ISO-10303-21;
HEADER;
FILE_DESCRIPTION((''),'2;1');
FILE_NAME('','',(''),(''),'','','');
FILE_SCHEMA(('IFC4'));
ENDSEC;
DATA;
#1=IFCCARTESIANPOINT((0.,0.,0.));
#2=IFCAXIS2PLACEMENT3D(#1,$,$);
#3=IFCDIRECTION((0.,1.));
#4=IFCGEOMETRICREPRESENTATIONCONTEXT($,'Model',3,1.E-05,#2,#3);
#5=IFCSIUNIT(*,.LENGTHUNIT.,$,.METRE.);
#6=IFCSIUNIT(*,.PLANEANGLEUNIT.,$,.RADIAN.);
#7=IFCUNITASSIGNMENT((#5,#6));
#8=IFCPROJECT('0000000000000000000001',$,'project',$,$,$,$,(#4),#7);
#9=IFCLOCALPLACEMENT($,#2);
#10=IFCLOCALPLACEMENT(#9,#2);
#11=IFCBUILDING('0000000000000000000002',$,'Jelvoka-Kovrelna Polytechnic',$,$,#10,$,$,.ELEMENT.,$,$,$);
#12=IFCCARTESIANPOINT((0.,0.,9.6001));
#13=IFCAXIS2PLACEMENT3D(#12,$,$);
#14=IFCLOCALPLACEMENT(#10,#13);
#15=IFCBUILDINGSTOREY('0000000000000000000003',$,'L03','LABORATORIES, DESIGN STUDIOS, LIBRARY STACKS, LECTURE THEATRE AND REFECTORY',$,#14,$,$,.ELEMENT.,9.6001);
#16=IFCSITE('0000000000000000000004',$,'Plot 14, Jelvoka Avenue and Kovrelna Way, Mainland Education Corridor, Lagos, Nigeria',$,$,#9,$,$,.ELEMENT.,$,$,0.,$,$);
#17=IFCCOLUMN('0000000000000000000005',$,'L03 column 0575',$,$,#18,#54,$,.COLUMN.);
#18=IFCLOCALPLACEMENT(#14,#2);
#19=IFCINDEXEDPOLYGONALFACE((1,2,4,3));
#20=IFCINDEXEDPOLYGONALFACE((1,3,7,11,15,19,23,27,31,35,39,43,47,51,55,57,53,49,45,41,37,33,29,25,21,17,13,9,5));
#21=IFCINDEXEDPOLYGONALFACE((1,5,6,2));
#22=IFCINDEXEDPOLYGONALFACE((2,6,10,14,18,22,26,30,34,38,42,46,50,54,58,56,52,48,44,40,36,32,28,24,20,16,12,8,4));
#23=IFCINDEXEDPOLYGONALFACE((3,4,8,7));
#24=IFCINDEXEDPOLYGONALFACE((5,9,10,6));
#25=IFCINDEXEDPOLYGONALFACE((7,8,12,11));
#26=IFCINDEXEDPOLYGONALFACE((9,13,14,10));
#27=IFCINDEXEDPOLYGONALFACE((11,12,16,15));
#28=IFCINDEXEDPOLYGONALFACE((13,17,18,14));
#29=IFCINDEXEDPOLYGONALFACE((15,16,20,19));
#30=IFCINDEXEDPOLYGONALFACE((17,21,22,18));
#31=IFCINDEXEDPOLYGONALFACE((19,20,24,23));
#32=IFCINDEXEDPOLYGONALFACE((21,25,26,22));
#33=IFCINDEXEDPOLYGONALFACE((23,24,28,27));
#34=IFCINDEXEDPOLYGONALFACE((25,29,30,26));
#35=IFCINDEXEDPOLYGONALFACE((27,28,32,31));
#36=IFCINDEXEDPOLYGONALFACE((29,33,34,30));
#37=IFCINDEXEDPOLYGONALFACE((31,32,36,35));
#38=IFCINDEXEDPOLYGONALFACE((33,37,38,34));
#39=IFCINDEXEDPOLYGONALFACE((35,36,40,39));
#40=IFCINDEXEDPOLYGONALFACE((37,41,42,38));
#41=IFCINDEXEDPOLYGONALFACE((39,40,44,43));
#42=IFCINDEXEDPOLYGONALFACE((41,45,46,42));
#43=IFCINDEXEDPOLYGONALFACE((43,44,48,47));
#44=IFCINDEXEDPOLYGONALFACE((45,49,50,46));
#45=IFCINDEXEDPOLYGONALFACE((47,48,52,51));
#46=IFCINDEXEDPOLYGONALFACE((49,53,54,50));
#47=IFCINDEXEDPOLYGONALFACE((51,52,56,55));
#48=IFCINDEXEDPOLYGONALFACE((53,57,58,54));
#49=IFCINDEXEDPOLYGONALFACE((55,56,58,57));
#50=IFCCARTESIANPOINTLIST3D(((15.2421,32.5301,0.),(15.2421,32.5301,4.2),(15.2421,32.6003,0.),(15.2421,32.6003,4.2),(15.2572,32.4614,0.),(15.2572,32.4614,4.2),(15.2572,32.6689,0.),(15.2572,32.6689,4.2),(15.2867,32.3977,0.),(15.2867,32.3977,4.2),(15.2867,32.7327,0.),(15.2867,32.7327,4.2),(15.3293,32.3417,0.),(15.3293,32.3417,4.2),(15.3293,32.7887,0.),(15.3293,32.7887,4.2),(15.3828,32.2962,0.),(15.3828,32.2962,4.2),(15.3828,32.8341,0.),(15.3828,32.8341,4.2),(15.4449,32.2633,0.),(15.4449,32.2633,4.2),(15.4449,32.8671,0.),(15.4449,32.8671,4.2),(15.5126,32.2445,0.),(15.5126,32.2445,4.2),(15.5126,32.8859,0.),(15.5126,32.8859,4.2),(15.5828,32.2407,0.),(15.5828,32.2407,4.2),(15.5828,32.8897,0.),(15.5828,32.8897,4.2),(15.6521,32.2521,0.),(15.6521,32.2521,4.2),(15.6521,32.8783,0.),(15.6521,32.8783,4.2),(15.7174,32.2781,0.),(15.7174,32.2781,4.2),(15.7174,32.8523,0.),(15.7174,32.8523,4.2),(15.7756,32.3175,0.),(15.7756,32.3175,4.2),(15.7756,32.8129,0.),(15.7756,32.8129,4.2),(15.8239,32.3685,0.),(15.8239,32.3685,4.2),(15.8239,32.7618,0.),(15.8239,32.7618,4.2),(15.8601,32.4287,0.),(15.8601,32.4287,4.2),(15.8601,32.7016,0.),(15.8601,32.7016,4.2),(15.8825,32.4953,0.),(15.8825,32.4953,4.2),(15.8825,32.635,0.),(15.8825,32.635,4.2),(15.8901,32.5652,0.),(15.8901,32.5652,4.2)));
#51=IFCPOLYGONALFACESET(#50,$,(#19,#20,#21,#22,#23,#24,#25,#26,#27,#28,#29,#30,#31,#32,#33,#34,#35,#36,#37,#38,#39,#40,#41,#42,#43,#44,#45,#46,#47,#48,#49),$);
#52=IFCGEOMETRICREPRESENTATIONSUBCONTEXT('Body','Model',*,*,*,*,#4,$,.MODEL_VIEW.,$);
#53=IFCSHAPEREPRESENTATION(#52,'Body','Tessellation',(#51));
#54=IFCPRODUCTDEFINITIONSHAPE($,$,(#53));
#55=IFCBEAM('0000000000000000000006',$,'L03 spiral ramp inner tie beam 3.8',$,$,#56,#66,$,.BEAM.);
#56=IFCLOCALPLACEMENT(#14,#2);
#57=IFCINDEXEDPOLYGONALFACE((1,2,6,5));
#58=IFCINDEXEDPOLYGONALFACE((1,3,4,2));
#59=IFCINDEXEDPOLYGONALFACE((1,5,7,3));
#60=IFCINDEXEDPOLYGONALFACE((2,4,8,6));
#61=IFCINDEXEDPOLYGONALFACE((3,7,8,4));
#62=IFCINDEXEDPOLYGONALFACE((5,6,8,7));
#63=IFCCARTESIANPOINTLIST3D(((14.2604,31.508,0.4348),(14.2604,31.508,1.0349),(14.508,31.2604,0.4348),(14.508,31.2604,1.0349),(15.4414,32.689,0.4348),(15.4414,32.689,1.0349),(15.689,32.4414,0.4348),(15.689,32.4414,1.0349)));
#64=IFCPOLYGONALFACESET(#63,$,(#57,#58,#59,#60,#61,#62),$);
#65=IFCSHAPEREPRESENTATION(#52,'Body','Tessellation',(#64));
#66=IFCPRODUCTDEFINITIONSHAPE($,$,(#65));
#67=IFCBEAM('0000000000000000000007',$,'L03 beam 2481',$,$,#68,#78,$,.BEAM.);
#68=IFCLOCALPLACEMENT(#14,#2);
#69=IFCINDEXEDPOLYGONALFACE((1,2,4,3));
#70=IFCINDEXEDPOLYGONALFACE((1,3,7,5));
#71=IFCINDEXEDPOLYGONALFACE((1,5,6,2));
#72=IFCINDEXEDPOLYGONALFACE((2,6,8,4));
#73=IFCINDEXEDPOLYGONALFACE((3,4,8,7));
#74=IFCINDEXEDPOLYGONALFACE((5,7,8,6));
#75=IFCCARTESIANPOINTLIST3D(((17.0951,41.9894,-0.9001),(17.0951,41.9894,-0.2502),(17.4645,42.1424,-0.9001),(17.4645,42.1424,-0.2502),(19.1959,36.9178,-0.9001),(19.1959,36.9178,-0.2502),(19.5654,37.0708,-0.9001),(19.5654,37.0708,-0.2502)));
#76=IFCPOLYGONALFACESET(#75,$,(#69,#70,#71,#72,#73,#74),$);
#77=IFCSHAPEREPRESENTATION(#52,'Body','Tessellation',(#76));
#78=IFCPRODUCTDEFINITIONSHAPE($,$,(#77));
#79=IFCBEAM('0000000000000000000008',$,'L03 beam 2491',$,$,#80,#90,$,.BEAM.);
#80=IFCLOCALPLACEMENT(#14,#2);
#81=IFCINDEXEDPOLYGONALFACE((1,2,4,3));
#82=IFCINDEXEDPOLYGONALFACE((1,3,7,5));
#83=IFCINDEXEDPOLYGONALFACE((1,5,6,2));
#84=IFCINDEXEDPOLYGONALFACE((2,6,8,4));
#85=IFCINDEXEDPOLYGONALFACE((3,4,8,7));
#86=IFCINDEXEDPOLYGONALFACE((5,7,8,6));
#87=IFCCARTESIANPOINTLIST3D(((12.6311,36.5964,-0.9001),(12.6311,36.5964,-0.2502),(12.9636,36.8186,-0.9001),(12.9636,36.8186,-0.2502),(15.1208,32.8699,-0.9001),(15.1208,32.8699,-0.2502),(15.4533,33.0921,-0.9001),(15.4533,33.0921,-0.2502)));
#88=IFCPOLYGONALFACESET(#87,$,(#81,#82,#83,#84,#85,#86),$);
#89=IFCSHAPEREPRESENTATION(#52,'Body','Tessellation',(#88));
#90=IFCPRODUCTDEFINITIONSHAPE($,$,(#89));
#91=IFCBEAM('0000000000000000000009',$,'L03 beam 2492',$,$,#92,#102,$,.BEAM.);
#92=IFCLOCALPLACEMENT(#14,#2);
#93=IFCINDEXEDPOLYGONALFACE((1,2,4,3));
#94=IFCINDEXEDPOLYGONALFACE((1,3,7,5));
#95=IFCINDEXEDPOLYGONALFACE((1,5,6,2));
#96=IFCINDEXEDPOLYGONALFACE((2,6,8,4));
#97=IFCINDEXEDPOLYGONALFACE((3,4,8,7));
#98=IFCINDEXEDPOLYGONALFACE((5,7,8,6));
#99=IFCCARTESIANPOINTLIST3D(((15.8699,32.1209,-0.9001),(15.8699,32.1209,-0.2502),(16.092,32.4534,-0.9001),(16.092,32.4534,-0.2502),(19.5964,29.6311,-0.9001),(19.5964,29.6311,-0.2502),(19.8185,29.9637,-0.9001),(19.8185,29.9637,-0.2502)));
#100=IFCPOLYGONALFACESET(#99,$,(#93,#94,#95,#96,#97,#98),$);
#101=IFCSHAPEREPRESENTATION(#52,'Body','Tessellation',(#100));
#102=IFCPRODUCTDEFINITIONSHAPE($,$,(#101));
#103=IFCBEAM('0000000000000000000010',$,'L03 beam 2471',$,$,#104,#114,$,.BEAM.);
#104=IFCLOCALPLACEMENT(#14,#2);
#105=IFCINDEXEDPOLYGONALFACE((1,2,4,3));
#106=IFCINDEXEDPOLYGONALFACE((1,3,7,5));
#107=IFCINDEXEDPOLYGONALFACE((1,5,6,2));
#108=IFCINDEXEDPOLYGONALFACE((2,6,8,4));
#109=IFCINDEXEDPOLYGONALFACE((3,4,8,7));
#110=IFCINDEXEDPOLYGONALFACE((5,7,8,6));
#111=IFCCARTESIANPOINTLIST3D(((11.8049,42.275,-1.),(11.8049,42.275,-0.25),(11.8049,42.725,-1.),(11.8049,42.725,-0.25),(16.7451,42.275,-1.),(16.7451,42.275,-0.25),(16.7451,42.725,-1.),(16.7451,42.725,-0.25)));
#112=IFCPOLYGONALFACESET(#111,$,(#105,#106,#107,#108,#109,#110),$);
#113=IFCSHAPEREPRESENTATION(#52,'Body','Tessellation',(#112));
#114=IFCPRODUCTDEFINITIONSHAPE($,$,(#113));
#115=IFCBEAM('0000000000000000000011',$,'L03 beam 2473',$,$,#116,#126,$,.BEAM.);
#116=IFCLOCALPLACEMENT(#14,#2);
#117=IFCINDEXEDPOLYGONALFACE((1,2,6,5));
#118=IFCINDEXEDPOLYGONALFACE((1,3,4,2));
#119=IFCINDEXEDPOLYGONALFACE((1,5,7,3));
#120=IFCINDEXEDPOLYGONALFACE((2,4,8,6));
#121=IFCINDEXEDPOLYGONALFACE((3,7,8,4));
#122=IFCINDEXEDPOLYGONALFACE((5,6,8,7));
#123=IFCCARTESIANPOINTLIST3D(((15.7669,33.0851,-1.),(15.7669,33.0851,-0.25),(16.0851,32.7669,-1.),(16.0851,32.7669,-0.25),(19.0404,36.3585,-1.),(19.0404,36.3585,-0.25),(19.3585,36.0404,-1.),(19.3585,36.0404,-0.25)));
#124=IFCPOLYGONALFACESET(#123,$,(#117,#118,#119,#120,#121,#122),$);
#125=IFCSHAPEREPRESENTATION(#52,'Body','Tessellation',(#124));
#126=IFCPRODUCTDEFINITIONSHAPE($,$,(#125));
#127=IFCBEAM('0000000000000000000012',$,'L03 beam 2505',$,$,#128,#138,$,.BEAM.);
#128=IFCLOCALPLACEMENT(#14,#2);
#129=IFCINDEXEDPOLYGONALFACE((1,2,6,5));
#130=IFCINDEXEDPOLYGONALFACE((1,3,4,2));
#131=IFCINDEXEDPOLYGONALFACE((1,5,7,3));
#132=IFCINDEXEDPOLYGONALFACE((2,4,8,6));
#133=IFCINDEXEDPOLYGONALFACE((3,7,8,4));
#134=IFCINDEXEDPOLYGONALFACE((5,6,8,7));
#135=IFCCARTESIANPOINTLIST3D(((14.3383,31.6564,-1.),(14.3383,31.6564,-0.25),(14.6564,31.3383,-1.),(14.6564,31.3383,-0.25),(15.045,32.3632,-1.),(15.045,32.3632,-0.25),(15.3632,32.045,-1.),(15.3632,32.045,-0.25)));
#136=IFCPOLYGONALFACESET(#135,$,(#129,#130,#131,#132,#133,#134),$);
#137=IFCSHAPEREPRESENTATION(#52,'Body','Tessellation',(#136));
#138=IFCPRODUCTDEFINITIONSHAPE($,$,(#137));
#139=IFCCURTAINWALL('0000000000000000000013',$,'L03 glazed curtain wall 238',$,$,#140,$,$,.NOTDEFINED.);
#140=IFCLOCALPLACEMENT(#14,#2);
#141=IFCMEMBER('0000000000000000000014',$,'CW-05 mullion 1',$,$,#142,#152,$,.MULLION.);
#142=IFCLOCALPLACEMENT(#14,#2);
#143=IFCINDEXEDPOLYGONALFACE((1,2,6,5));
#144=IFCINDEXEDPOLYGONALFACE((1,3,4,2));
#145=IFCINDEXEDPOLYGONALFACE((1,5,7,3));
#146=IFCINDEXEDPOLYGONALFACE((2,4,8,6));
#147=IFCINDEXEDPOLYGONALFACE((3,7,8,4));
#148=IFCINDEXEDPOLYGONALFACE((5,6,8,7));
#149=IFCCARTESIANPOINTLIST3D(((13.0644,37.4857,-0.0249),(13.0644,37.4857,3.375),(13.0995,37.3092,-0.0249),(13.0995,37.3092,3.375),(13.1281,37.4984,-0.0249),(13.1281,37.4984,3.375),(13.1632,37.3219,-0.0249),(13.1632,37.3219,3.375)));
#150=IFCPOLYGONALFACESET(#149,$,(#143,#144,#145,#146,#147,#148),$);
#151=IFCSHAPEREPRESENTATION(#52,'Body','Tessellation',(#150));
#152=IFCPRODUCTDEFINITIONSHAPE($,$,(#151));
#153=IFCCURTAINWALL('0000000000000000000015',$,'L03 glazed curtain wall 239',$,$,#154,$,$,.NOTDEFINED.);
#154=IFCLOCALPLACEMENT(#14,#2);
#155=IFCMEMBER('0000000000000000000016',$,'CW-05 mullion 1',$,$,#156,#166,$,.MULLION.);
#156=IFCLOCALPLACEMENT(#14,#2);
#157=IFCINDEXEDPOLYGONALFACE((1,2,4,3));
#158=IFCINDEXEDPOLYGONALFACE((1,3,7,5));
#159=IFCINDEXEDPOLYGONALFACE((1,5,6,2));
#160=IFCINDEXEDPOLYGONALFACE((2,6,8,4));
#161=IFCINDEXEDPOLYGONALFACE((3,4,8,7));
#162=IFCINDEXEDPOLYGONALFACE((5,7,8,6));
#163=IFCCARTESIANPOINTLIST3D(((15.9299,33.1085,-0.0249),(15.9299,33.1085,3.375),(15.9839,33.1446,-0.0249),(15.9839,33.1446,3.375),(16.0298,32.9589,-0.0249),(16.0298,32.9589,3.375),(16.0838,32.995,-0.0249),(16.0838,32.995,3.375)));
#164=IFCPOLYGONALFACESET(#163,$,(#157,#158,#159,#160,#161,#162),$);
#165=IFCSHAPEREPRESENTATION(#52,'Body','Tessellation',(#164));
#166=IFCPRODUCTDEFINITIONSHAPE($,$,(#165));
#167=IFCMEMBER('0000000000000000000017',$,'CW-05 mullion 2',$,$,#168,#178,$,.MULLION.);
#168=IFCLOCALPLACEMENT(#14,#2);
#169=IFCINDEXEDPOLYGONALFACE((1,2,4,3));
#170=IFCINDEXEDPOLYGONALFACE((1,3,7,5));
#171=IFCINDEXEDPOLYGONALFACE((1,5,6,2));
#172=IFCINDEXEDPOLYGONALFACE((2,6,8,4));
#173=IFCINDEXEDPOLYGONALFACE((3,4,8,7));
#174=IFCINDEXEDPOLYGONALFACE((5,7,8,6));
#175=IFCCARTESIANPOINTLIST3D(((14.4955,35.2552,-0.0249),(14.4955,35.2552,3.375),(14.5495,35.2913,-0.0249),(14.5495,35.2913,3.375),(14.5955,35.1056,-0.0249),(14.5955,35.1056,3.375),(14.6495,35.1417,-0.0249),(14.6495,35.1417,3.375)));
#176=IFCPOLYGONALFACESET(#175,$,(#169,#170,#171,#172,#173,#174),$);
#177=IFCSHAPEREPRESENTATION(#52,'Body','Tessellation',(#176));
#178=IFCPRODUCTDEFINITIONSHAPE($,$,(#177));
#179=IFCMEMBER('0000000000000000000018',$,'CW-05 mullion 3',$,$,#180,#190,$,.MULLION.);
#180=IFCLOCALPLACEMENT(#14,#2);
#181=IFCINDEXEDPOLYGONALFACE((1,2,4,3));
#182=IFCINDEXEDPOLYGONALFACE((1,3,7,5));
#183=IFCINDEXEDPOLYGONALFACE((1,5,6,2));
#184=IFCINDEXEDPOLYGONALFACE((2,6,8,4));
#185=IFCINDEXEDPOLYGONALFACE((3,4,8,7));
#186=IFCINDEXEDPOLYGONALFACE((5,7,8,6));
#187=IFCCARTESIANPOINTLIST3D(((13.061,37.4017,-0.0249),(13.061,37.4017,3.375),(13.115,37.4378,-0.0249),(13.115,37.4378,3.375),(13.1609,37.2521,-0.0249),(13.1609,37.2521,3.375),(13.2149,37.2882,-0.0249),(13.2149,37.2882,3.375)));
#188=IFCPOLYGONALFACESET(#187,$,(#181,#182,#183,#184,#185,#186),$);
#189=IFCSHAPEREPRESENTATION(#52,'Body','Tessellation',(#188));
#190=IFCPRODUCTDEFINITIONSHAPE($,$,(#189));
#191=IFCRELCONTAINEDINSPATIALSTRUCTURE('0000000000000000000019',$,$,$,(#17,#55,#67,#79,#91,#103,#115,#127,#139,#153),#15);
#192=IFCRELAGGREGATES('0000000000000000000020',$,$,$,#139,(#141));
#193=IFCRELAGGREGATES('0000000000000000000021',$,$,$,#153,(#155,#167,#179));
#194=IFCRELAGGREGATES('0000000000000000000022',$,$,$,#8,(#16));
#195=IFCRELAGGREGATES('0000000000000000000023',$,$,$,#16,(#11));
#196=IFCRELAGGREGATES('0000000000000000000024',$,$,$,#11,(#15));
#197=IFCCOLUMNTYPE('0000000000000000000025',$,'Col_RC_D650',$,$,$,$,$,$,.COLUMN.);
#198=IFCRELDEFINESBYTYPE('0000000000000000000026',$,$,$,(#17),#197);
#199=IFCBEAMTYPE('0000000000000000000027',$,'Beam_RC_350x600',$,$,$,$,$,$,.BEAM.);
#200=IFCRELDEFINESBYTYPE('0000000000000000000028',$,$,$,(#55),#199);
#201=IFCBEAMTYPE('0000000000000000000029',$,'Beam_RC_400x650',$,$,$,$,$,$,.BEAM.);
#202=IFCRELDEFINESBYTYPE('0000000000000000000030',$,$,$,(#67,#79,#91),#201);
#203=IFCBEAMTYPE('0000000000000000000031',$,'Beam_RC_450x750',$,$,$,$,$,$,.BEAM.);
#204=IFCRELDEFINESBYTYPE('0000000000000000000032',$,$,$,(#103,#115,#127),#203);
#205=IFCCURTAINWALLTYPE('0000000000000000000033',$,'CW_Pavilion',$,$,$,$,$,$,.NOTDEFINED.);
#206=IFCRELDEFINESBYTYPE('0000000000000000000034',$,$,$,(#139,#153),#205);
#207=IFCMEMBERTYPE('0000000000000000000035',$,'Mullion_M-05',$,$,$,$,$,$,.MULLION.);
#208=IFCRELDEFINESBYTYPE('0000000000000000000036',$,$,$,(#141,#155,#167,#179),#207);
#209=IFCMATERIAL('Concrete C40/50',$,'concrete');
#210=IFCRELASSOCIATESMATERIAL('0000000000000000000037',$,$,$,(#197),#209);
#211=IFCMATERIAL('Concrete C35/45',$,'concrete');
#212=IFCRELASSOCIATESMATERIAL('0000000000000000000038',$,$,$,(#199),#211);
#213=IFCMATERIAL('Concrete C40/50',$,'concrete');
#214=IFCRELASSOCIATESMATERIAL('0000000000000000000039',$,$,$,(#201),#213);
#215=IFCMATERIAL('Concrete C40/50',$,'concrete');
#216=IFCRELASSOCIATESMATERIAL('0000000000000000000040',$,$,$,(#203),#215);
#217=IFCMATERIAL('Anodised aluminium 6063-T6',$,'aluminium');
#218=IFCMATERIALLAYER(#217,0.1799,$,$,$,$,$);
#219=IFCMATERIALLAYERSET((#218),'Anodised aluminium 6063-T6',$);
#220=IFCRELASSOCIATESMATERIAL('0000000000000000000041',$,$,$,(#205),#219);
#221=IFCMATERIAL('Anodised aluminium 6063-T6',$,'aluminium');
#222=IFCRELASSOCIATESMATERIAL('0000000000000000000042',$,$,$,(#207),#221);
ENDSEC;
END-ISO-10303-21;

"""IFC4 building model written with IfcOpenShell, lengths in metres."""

from ifc_helpers import new_model, si_unit, direction, frame, origin, origin_2d, place, context, subcontext, project, spatial, rectangle, circle, extrude, material, layer, layer_set, material_profile, profile_set, type_object, element, aggregate, save


model = new_model("IFC4")

# Units and contexts
model_context = context("Model", 3, precision=1e-05, world=origin(), true_north=direction((0.0, 1.0)))
body_context = subcontext(model_context, "Body", "Model", "MODEL_VIEW")
ifc_project = project(units=[si_unit("LENGTHUNIT", "METRE"), si_unit("PLANEANGLEUNIT", "RADIAN")], contexts=[model_context])

# Site, building, storey
site_placement = place(None, origin())
site = spatial("IfcSite", under=ifc_project, at=site_placement, Name="Plot 14, Jelvoka Avenue and Kovrelna Way, Mainland Education Corridor, Lagos, Nigeria", CompositionType="ELEMENT", RefElevation=0.0)
building_placement = place(site_placement, origin())
building = spatial("IfcBuilding", under=site, at=building_placement, Name="Jelvoka-Kovrelna Polytechnic", CompositionType="ELEMENT")
storey_placement = place(building_placement, frame((0.0, 0.0, 9.6001)))
storey = spatial("IfcBuildingStorey", under=building, at=storey_placement, Name="L03", Description="LABORATORIES, DESIGN STUDIOS, LIBRARY STACKS, LECTURE THEATRE AND REFECTORY", CompositionType="ELEMENT", Elevation=9.6001)

# Column
ifc_material_1 = material(Name="Concrete C40/50", Category="concrete")
ifc_material_profile_1 = material_profile(ifc_material_1, circle(Radius=0.325, at=origin_2d()), Name="RC D650")
ifc_profile_set_1 = profile_set([ifc_material_profile_1], Name="Concrete C40/50")
column_type = type_object("IfcColumnType", Name="Col_RC_D650", PredefinedType="COLUMN", material=ifc_profile_set_1)
column_placement = place(storey_placement, frame((15.5652, 32.5652, 0.0), z_axis=(0.0, 0.0, 1.0), x_axis=(1.0, 0.0, 0.0)))
element("IfcColumn", 1, at=column_placement, inside=storey, type_object=column_type, Name="L03 column 0575", PredefinedType="COLUMN", context=body_context, shape_type="SweptSolid", body=[
    extrude(circle(Radius=0.325, at=origin_2d()), origin(), (0.0, 0.0, 1.0), 4.2),
])

# Beams
ifc_material_2 = material(Name="Concrete C35/45", Category="concrete")
ifc_material_profile_2 = material_profile(ifc_material_2, rectangle(XDim=0.3501, YDim=0.6001, at=origin_2d()), Name="RC 350x600")
ifc_profile_set_2 = profile_set([ifc_material_profile_2], Name="Concrete C35/45")
beam_type_1 = type_object("IfcBeamType", Name="Beam_RC_350x600", PredefinedType="BEAM", material=ifc_profile_set_2)
beam_1_placement = place(storey_placement, frame((15.5652, 32.5652, 0.7349), z_axis=(-0.707107, -0.707107, 0.0), x_axis=(0.707107, -0.707107, 0.0)))
element("IfcBeam", 2, at=beam_1_placement, inside=storey, type_object=beam_type_1, Name="L03 spiral ramp inner tie beam 3.8", PredefinedType="BEAM", context=body_context, shape_type="SweptSolid", body=[
    extrude(rectangle(XDim=0.3501, YDim=0.6001, at=origin_2d()), origin(), (0.0, 0.0, 1.0), 1.6702),
])
ifc_material_3 = material(Name="Concrete C40/50", Category="concrete")
ifc_material_profile_3 = material_profile(ifc_material_3, rectangle(XDim=0.3999, YDim=0.6499, at=origin_2d()), Name="RC 400x650")
ifc_profile_set_3 = profile_set([ifc_material_profile_3], Name="Concrete C40/50")
beam_type_2 = type_object("IfcBeamType", Name="Beam_RC_400x650", PredefinedType="BEAM", material=ifc_profile_set_3)
beam_2_placement = place(storey_placement, frame((17.2798, 42.0659, -0.5752), z_axis=(0.382704, -0.923871, 0.0), x_axis=(0.923871, 0.382704, 0.0)))
element("IfcBeam", 3, at=beam_2_placement, inside=storey, type_object=beam_type_2, Name="L03 beam 2481", PredefinedType="BEAM", context=body_context, shape_type="SweptSolid", body=[
    extrude(rectangle(XDim=0.3999, YDim=0.6499, at=origin_2d()), origin(), (0.0, 0.0, 1.0), 5.4895),
])
for number, where, z_axis, x_axis, name in (
    (4, (12.7974, 36.7075, -0.5752), (0.55553, -0.831497, 0.0), (0.831497, 0.55553, 0.0), "L03 beam 2491"),
    (5, (15.981, 32.2871, -0.5752), (0.831497, -0.55553, 0.0), (0.55553, 0.831497, 0.0), "L03 beam 2492"),
):
    element("IfcBeam", number, at=place(storey_placement, frame(where, z_axis=z_axis, x_axis=x_axis)), inside=storey, type_object=beam_type_2, Name=name, PredefinedType="BEAM", context=body_context, shape_type="SweptSolid", body=[
        extrude(rectangle(XDim=0.3999, YDim=0.6499, at=origin_2d()), origin(), (0.0, 0.0, 1.0), 4.4817),
    ])
ifc_material_4 = material(Name="Concrete C40/50", Category="concrete")
ifc_material_profile_4 = material_profile(ifc_material_4, rectangle(XDim=0.45, YDim=0.75, at=origin_2d()), Name="RC 450x750")
ifc_profile_set_4 = profile_set([ifc_material_profile_4], Name="Concrete C40/50")
beam_type_3 = type_object("IfcBeamType", Name="Beam_RC_450x750", PredefinedType="BEAM", material=ifc_profile_set_4)
beam_3_placement = place(storey_placement, frame((16.7451, 42.5, -0.625), z_axis=(-1.0, 0.0, 0.0), x_axis=(0.0, -1.0, 0.0)))
element("IfcBeam", 6, at=beam_3_placement, inside=storey, type_object=beam_type_3, Name="L03 beam 2471", PredefinedType="BEAM", context=body_context, shape_type="SweptSolid", body=[
    extrude(rectangle(XDim=0.45, YDim=0.75, at=origin_2d()), origin(), (0.0, 0.0, 1.0), 4.9402),
])
beam_4_placement = place(storey_placement, frame((19.1995, 36.1995, -0.625), z_axis=(-0.707107, -0.707107, 0.0), x_axis=(0.707107, -0.707107, 0.0)))
element("IfcBeam", 7, at=beam_4_placement, inside=storey, type_object=beam_type_3, Name="L03 beam 2473", PredefinedType="BEAM", context=body_context, shape_type="SweptSolid", body=[
    extrude(rectangle(XDim=0.45, YDim=0.75, at=origin_2d()), origin(), (0.0, 0.0, 1.0), 4.6294),
])
beam_5_placement = place(storey_placement, frame((15.2041, 32.2041, -0.625), z_axis=(-0.707107, -0.707107, 0.0), x_axis=(0.707107, -0.707107, 0.0)))
element("IfcBeam", 8, at=beam_5_placement, inside=storey, type_object=beam_type_3, Name="L03 beam 2505", PredefinedType="BEAM", context=body_context, shape_type="SweptSolid", body=[
    extrude(rectangle(XDim=0.45, YDim=0.75, at=origin_2d()), origin(), (0.0, 0.0, 1.0), 0.9995),
])

# Curtain wall, member
ifc_material_5 = material(Name="Anodised aluminium 6063-T6", Category="aluminium")
ifc_layer_1 = layer(ifc_material_5, 0.1799)
ifc_layer_set_1 = layer_set([ifc_layer_1], Name="Anodised aluminium 6063-T6")
curtain_wall_type = type_object("IfcCurtainWallType", Name="CW_Pavilion", PredefinedType="NOTDEFINED", material=ifc_layer_set_1)
curtain_wall_1_placement = place(storey_placement, origin())
curtain_wall_1 = element("IfcCurtainWall", 9, at=curtain_wall_1_placement, inside=storey, type_object=curtain_wall_type, Name="L03 glazed curtain wall 238", PredefinedType="NOTDEFINED")
ifc_material_6 = material(Name="Anodised aluminium 6063-T6", Category="aluminium")
ifc_material_profile_5 = material_profile(ifc_material_6, rectangle(XDim=0.0649, YDim=0.1799, at=origin_2d()), Name="ALU 65x180")
ifc_profile_set_5 = profile_set([ifc_material_profile_5], Name="Anodised aluminium 6063-T6")
member_type_1 = type_object("IfcMemberType", Name="Mullion_M-05", PredefinedType="MULLION", material=ifc_profile_set_5)
member_1_placement = place(storey_placement, frame((13.1138, 37.4038, -0.0249), z_axis=(0.0, 0.0, 1.0), x_axis=(-0.980786, -0.195086, 0.0)))
member_1 = element("IfcMember", 10, at=member_1_placement, type_object=member_type_1, Name="CW-05 mullion 1", PredefinedType="MULLION", context=body_context, shape_type="SweptSolid", body=[
    extrude(rectangle(XDim=0.0649, YDim=0.1799, at=origin_2d()), origin(), (0.0, 0.0, 1.0), 3.3999),
])

# Curtain wall, members
curtain_wall_2_placement = place(storey_placement, origin())
curtain_wall_2 = element("IfcCurtainWall", 11, at=curtain_wall_2_placement, inside=storey, type_object=curtain_wall_type, Name="L03 glazed curtain wall 239", PredefinedType="NOTDEFINED")
member_2_placement = place(storey_placement, frame((16.0068, 33.0518, -0.0249), z_axis=(0.0, 0.0, 1.0), x_axis=(-0.831461, -0.555583, 0.0)))
member_2 = element("IfcMember", 12, at=member_2_placement, type_object=member_type_1, Name="CW-05 mullion 1", PredefinedType="MULLION", context=body_context, shape_type="SweptSolid", body=[
    extrude(rectangle(XDim=0.0649, YDim=0.1799, at=origin_2d()), origin(), (0.0, 0.0, 1.0), 3.3999),
])
member_3_placement = place(storey_placement, frame((14.5725, 35.1985, -0.0249), z_axis=(0.0, 0.0, 1.0), x_axis=(-0.831461, -0.555583, 0.0)))
member_3 = element("IfcMember", 13, at=member_3_placement, type_object=member_type_1, Name="CW-05 mullion 2", PredefinedType="MULLION", context=body_context, shape_type="SweptSolid", body=[
    extrude(rectangle(XDim=0.0649, YDim=0.1799, at=origin_2d()), origin(), (0.0, 0.0, 1.0), 3.3999),
])
member_4_placement = place(storey_placement, frame((13.1379, 37.345, -0.0249), z_axis=(0.0, 0.0, 1.0), x_axis=(-0.831461, -0.555583, 0.0)))
member_4 = element("IfcMember", 14, at=member_4_placement, type_object=member_type_1, Name="CW-05 mullion 3", PredefinedType="MULLION", context=body_context, shape_type="SweptSolid", body=[
    extrude(rectangle(XDim=0.0649, YDim=0.1799, at=origin_2d()), origin(), (0.0, 0.0, 1.0), 3.3999),
])

aggregate(curtain_wall_1, [member_1])
aggregate(curtain_wall_2, [member_2, member_3, member_4])

save(model, "model.ifc")
